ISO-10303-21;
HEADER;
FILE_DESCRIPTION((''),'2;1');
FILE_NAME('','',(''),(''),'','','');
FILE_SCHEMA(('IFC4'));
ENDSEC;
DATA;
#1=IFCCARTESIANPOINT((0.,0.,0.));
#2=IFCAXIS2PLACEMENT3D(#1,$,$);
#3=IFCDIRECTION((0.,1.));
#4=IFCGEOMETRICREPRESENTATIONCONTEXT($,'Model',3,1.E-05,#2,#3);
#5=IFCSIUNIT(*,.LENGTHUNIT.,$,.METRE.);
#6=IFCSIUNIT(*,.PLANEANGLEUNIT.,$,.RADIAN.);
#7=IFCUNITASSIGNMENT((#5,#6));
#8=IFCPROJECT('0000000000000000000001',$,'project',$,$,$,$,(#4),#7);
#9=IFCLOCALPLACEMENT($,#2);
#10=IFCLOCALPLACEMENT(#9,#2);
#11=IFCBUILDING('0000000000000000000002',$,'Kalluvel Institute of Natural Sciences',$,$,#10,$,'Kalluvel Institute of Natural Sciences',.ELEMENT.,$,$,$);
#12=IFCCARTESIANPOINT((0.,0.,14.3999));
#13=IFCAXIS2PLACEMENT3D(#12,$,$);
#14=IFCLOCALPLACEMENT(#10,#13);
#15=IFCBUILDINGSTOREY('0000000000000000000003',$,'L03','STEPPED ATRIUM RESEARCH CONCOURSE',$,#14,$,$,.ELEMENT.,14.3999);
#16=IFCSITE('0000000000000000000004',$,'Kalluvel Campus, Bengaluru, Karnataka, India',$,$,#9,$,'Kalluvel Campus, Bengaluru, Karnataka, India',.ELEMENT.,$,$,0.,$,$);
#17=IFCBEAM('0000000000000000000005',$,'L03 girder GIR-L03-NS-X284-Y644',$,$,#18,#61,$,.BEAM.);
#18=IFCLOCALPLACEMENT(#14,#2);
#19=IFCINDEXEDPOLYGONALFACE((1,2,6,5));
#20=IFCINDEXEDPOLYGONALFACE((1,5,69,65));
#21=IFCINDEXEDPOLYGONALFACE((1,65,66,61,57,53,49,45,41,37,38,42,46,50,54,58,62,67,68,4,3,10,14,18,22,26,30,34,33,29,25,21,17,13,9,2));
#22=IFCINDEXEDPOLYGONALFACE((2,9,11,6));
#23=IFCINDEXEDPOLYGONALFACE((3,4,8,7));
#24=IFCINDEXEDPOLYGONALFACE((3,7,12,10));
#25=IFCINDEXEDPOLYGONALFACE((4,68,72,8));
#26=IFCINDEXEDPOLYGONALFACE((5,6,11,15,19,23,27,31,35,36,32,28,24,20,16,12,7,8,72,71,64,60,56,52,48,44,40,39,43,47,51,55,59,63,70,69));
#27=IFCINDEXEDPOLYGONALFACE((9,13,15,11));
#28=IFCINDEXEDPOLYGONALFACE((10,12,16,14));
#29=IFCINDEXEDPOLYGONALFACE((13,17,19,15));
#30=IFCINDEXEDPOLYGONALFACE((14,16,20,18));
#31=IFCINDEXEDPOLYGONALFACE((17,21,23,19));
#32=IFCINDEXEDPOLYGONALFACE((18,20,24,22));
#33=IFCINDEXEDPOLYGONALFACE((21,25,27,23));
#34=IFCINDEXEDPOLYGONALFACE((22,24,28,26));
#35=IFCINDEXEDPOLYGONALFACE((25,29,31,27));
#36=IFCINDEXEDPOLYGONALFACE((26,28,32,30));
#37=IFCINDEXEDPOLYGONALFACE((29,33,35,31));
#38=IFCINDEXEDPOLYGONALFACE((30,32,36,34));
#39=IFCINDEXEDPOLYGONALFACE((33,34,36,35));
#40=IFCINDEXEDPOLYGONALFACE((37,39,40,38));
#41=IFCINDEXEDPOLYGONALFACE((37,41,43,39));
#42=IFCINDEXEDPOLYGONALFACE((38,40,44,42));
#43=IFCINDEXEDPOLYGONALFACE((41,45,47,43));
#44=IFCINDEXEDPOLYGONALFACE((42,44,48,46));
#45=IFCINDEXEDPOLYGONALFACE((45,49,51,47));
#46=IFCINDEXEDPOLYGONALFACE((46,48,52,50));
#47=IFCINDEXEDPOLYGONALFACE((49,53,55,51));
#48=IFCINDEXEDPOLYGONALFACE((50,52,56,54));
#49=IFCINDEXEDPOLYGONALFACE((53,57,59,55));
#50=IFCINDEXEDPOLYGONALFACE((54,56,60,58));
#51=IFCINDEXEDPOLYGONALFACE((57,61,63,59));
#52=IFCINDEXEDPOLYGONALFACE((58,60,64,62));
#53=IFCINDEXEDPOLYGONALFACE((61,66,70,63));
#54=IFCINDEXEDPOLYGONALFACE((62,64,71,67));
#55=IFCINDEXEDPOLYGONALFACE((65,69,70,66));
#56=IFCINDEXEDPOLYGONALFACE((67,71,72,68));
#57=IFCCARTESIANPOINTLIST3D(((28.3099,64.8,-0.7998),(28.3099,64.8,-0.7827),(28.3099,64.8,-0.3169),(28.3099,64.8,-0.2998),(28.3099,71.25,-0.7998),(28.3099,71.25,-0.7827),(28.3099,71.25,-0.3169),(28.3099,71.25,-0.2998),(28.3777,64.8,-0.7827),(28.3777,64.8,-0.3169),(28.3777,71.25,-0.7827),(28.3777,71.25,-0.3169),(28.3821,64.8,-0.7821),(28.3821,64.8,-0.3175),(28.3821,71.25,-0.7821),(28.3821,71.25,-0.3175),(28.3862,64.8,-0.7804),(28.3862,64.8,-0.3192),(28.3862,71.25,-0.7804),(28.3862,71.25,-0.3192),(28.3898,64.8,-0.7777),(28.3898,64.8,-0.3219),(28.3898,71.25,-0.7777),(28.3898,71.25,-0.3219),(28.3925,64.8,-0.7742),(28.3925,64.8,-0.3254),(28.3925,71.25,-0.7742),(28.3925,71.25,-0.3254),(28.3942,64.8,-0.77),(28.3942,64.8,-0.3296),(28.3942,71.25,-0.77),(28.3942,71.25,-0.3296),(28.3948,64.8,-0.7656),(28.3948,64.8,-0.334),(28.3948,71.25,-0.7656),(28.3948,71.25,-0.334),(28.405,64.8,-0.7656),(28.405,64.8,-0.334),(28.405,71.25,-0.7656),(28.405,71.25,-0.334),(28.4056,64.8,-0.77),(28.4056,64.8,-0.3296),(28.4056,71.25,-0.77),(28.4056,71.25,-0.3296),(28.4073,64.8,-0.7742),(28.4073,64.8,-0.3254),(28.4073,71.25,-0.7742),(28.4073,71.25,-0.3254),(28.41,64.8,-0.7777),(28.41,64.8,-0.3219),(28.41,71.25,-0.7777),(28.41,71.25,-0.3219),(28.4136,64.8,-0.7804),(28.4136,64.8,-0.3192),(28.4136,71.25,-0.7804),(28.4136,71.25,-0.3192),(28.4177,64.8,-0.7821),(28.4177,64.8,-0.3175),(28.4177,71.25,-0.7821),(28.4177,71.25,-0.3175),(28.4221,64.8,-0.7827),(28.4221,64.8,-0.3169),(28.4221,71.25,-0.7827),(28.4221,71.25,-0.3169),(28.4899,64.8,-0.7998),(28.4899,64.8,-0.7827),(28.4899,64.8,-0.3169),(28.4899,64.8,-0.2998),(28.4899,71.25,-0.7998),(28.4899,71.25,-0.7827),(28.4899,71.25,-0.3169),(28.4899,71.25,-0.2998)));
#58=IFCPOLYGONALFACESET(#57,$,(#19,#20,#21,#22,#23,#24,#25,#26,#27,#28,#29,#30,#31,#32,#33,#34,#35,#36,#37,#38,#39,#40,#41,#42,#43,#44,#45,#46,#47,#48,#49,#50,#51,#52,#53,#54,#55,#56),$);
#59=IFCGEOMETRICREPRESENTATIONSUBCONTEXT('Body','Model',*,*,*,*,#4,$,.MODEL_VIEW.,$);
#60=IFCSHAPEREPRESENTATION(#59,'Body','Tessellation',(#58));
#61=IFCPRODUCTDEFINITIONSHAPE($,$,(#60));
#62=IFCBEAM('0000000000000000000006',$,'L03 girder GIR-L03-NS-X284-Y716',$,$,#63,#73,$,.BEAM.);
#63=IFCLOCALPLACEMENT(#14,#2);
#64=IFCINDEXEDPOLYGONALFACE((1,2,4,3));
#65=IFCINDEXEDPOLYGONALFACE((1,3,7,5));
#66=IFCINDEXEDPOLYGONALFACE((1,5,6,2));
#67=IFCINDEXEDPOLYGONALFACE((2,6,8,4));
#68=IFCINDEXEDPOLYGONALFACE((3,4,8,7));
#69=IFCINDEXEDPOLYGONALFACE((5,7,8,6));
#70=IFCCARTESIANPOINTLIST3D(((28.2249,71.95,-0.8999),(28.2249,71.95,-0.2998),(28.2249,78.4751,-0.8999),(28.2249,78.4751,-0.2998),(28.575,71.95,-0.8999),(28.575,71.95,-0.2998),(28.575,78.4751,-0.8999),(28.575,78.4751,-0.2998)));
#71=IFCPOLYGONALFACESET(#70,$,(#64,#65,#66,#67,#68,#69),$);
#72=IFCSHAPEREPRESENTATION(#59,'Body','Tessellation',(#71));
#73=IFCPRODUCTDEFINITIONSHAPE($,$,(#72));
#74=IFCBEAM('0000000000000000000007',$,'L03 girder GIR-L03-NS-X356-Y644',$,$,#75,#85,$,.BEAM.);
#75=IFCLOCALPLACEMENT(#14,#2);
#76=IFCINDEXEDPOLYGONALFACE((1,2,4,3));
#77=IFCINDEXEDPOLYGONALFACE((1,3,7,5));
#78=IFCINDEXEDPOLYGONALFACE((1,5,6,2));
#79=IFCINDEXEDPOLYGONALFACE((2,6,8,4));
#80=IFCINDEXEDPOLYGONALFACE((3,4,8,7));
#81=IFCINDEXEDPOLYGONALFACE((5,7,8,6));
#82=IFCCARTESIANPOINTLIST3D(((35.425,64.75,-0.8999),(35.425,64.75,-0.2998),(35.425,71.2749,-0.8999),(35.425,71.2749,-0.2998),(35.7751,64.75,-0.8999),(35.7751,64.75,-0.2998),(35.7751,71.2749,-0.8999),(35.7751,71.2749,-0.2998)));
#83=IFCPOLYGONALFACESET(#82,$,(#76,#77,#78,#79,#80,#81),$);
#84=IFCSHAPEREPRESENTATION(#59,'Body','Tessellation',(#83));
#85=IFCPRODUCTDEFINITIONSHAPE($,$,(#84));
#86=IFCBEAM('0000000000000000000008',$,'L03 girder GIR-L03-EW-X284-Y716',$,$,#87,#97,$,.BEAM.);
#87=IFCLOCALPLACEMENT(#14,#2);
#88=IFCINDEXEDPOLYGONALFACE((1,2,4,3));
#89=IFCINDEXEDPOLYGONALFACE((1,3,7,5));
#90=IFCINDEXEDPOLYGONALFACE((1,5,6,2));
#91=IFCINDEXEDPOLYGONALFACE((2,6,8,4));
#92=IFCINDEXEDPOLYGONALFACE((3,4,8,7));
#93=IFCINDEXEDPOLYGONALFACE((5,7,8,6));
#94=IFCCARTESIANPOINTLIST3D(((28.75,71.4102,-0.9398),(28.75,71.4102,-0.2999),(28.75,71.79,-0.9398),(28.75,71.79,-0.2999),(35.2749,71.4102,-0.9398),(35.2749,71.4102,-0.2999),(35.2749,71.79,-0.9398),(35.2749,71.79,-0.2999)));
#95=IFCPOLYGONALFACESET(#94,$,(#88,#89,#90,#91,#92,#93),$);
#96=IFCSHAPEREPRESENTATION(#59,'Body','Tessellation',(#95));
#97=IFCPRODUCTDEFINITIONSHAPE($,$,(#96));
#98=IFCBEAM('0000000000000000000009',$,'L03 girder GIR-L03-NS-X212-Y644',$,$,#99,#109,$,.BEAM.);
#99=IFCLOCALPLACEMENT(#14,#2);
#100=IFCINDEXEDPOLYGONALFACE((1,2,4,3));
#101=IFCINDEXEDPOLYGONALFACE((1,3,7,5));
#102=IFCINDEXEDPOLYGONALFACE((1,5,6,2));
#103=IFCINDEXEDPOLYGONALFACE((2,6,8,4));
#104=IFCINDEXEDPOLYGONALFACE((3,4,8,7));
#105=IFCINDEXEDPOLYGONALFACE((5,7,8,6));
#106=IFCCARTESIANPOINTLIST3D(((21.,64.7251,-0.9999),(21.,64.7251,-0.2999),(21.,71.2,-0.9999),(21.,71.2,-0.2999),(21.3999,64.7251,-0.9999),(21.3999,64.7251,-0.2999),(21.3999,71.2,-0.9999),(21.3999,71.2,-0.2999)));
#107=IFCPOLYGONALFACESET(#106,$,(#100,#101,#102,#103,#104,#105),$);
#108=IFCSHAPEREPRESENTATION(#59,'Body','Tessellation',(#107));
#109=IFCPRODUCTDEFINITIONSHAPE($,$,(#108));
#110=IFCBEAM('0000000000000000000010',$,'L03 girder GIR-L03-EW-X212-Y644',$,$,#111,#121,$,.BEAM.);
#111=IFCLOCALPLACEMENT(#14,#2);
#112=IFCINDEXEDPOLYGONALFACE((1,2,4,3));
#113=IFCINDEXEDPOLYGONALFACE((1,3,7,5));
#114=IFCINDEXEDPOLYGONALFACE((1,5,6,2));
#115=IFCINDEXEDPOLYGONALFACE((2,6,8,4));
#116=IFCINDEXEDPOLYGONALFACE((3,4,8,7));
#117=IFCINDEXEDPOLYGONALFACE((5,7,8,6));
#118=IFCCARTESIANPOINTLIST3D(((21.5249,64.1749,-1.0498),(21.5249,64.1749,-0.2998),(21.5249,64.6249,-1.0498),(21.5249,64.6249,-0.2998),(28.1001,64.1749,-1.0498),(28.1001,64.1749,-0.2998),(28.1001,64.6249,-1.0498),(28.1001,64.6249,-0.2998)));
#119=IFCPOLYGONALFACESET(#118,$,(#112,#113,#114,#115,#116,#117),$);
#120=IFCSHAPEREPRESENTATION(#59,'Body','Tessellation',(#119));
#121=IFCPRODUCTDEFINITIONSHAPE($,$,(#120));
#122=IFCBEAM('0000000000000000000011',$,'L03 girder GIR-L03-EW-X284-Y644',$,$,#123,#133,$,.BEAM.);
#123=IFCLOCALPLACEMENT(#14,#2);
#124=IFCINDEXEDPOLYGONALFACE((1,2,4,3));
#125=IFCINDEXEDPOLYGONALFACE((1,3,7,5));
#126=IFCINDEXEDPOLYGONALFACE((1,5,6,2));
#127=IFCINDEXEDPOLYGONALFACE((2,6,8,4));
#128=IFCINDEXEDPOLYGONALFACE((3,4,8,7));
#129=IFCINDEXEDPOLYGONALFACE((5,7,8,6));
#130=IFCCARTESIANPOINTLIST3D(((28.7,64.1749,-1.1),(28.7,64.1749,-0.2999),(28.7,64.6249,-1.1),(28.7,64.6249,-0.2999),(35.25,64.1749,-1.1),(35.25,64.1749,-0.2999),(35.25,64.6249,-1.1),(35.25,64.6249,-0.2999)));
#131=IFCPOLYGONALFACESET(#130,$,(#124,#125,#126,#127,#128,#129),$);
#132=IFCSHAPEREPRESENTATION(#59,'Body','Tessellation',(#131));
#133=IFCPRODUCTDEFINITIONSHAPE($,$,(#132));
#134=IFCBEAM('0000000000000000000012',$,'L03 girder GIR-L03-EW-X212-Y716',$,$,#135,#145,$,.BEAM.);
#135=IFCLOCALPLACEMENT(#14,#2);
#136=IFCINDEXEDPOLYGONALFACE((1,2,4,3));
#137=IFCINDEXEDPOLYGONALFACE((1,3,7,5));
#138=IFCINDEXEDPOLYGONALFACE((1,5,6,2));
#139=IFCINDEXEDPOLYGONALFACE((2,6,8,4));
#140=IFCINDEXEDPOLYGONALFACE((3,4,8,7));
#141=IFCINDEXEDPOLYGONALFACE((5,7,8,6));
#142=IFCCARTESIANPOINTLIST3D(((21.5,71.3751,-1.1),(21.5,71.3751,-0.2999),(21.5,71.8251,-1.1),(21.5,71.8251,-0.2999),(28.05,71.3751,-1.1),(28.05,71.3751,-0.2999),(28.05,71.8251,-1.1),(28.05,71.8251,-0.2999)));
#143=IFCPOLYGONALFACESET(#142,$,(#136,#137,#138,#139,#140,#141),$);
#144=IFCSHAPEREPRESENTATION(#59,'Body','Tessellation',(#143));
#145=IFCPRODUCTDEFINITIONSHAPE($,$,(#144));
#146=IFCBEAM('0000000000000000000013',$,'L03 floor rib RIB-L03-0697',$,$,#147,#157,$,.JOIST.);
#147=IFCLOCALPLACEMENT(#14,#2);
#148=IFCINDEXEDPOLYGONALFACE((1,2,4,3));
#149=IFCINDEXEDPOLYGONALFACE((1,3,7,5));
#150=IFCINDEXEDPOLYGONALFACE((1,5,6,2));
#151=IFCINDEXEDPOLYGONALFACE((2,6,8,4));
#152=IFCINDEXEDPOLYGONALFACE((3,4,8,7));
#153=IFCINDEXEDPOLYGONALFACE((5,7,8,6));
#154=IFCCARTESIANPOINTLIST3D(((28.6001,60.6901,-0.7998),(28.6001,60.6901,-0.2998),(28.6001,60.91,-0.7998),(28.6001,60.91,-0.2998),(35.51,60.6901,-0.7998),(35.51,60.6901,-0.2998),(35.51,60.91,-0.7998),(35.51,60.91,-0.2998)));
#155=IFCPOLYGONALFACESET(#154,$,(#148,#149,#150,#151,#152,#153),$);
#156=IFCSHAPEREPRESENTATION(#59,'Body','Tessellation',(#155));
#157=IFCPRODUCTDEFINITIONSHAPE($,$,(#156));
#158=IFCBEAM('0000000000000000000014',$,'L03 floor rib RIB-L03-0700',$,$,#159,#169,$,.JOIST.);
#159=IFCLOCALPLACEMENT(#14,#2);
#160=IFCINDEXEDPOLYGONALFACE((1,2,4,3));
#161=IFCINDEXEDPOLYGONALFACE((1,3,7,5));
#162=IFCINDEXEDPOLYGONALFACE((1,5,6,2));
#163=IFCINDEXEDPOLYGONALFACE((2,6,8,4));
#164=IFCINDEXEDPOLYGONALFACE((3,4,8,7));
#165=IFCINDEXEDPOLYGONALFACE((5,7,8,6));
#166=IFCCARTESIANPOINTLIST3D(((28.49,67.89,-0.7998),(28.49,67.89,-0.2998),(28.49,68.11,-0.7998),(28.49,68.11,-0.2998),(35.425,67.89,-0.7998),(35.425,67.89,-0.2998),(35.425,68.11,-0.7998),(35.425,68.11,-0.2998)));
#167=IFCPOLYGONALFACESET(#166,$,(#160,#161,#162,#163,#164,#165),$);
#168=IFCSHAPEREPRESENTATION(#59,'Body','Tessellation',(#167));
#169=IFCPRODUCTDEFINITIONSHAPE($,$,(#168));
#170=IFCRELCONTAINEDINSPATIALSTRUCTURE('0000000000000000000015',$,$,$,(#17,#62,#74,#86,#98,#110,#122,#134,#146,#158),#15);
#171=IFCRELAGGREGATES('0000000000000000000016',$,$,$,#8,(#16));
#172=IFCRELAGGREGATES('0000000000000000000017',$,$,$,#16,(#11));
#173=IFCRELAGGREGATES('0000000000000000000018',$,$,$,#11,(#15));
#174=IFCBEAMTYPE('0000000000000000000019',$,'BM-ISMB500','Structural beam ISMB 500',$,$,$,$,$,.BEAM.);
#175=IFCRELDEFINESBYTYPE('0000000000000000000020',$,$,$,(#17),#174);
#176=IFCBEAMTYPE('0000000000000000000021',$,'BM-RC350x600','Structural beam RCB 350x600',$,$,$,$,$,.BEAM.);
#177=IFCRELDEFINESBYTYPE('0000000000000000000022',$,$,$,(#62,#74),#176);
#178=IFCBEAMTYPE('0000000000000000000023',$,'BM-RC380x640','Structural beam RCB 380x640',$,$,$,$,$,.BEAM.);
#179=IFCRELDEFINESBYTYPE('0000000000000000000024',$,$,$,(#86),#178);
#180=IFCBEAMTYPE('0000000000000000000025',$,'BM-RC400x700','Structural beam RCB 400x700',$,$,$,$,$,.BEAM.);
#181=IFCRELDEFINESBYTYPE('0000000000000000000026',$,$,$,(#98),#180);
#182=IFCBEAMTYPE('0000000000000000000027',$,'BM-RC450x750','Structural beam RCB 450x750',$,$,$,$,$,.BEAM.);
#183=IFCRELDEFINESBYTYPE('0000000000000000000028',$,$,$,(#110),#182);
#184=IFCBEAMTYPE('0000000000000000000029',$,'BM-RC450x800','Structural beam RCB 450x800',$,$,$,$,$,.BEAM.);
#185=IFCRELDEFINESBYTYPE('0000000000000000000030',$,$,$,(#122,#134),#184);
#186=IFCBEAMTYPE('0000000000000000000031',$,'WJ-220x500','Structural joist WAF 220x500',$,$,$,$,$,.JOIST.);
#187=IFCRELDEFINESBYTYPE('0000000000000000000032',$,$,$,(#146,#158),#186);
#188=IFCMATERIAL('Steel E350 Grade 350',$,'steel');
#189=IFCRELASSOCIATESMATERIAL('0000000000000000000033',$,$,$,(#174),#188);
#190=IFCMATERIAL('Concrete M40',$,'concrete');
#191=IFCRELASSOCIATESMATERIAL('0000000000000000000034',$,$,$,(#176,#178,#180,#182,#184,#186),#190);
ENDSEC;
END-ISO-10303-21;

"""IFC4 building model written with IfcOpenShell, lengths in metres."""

from ifc_helpers import new_model, si_unit, direction, frame, origin, origin_2d, place, context, subcontext, project, spatial, rectangle, i_section, extrude, material, material_profile, profile_set, type_object, element, save


model = new_model("IFC4")

# Units and contexts
model_context = context("Model", 3, precision=1e-05, world=origin(), true_north=direction((0.0, 1.0)))
body_context = subcontext(model_context, "Body", "Model", "MODEL_VIEW")
ifc_project = project(units=[si_unit("LENGTHUNIT", "METRE"), si_unit("PLANEANGLEUNIT", "RADIAN")], contexts=[model_context])

# Site, building, storey
site_placement = place(None, origin())
site = spatial("IfcSite", under=ifc_project, at=site_placement, Name="Kalluvel Campus, Bengaluru, Karnataka, India", LongName="Kalluvel Campus, Bengaluru, Karnataka, India", CompositionType="ELEMENT", RefElevation=0.0)
building_placement = place(site_placement, origin())
building = spatial("IfcBuilding", under=site, at=building_placement, Name="Kalluvel Institute of Natural Sciences", LongName="Kalluvel Institute of Natural Sciences", CompositionType="ELEMENT")
storey_placement = place(building_placement, frame((0.0, 0.0, 14.3999)))
storey = spatial("IfcBuildingStorey", under=building, at=storey_placement, Name="L03", Description="STEPPED ATRIUM RESEARCH CONCOURSE", CompositionType="ELEMENT", Elevation=14.3999)

# Shared definitions
ifc_material_1 = material(Name="Concrete M40", Category="concrete")

# Beams
ifc_material_2 = material(Name="Steel E350 Grade 350", Category="steel")
ifc_material_profile_1 = material_profile(ifc_material_2, i_section(OverallWidth=0.1799, OverallDepth=0.5, WebThickness=0.0103, FlangeThickness=0.0171, FilletRadius=0.0171, at=origin_2d()), Name="ISMB 500")
ifc_profile_set_1 = profile_set([ifc_material_profile_1], Name="Steel E350 Grade 350")
beam_type_1 = type_object("IfcBeamType", Name="BM-ISMB500", Description="Structural beam ISMB 500", PredefinedType="BEAM", material=ifc_profile_set_1)
for number, where, z_axis, x_axis, name in (
    (1, (28.3999, 64.8, -0.5498), (0.0, 1.0, 0.0), (-1.0, 0.0, 0.0), "L03 girder GIR-L03-NS-X284-Y644"),
):
    element("IfcBeam", number, at=place(storey_placement, frame(where, z_axis=z_axis, x_axis=x_axis)), inside=storey, type_object=beam_type_1, Name=name, PredefinedType="BEAM", context=body_context, shape_type="SweptSolid", body=[
        extrude(i_section(OverallWidth=0.1799, OverallDepth=0.5, WebThickness=0.0103, FlangeThickness=0.0171, FilletRadius=0.0171, at=origin_2d()), origin(), (0.0, 0.0, 1.0), 6.45),
    ])
ifc_material_profile_2 = material_profile(ifc_material_1, rectangle(XDim=0.3501, YDim=0.6001, at=origin_2d()), Name="RCB 350x600")
ifc_profile_set_2 = profile_set([ifc_material_profile_2], Name="Concrete M40")
beam_type_2 = type_object("IfcBeamType", Name="BM-RC350x600", Description="Structural beam RCB 350x600", PredefinedType="BEAM", material=ifc_profile_set_2)
beam_1_placement = place(storey_placement, frame((28.3999, 71.95, -0.5999), z_axis=(0.0, 1.0, 0.0), x_axis=(-1.0, 0.0, 0.0)))
element("IfcBeam", 2, at=beam_1_placement, inside=storey, type_object=beam_type_2, Name="L03 girder GIR-L03-NS-X284-Y716", PredefinedType="BEAM", context=body_context, shape_type="SweptSolid", body=[
    extrude(rectangle(XDim=0.3501, YDim=0.6001, at=origin_2d()), origin(), (0.0, 0.0, 1.0), 6.5251),
])
beam_2_placement = place(storey_placement, frame((35.6001, 64.75, -0.5999), z_axis=(0.0, 1.0, 0.0), x_axis=(-1.0, 0.0, 0.0)))
element("IfcBeam", 3, at=beam_2_placement, inside=storey, type_object=beam_type_2, Name="L03 girder GIR-L03-NS-X356-Y644", PredefinedType="BEAM", context=body_context, shape_type="SweptSolid", body=[
    extrude(rectangle(XDim=0.3501, YDim=0.6001, at=origin_2d()), origin(), (0.0, 0.0, 1.0), 6.5249),
])
ifc_material_profile_3 = material_profile(ifc_material_1, rectangle(XDim=0.3799, YDim=0.6399, at=origin_2d()), Name="RCB 380x640")
ifc_profile_set_3 = profile_set([ifc_material_profile_3], Name="Concrete M40")
beam_type_3 = type_object("IfcBeamType", Name="BM-RC380x640", Description="Structural beam RCB 380x640", PredefinedType="BEAM", material=ifc_profile_set_3)
beam_3_placement = place(storey_placement, frame((28.75, 71.6001, -0.6199), z_axis=(1.0, 0.0, 0.0), x_axis=(0.0, 1.0, 0.0)))
element("IfcBeam", 4, at=beam_3_placement, inside=storey, type_object=beam_type_3, Name="L03 girder GIR-L03-EW-X284-Y716", PredefinedType="BEAM", context=body_context, shape_type="SweptSolid", body=[
    extrude(rectangle(XDim=0.3799, YDim=0.6399, at=origin_2d()), origin(), (0.0, 0.0, 1.0), 6.5249),
])
ifc_material_profile_4 = material_profile(ifc_material_1, rectangle(XDim=0.3999, YDim=0.7, at=origin_2d()), Name="RCB 400x700")
ifc_profile_set_4 = profile_set([ifc_material_profile_4], Name="Concrete M40")
beam_type_4 = type_object("IfcBeamType", Name="BM-RC400x700", Description="Structural beam RCB 400x700", PredefinedType="BEAM", material=ifc_profile_set_4)
beam_4_placement = place(storey_placement, frame((21.2, 64.7251, -0.6499), z_axis=(0.0, 1.0, 0.0), x_axis=(-1.0, 0.0, 0.0)))
element("IfcBeam", 5, at=beam_4_placement, inside=storey, type_object=beam_type_4, Name="L03 girder GIR-L03-NS-X212-Y644", PredefinedType="BEAM", context=body_context, shape_type="SweptSolid", body=[
    extrude(rectangle(XDim=0.3999, YDim=0.7, at=origin_2d()), origin(), (0.0, 0.0, 1.0), 6.4749),
])
ifc_material_profile_5 = material_profile(ifc_material_1, rectangle(XDim=0.45, YDim=0.75, at=origin_2d()), Name="RCB 450x750")
ifc_profile_set_5 = profile_set([ifc_material_profile_5], Name="Concrete M40")
beam_type_5 = type_object("IfcBeamType", Name="BM-RC450x750", Description="Structural beam RCB 450x750", PredefinedType="BEAM", material=ifc_profile_set_5)
beam_5_placement = place(storey_placement, frame((21.5249, 64.3999, -0.6748), z_axis=(1.0, 0.0, 0.0), x_axis=(0.0, 1.0, 0.0)))
element("IfcBeam", 6, at=beam_5_placement, inside=storey, type_object=beam_type_5, Name="L03 girder GIR-L03-EW-X212-Y644", PredefinedType="BEAM", context=body_context, shape_type="SweptSolid", body=[
    extrude(rectangle(XDim=0.45, YDim=0.75, at=origin_2d()), origin(), (0.0, 0.0, 1.0), 6.5752),
])
ifc_material_profile_6 = material_profile(ifc_material_1, rectangle(XDim=0.45, YDim=0.8, at=origin_2d()), Name="RCB 450x800")
ifc_profile_set_6 = profile_set([ifc_material_profile_6], Name="Concrete M40")
beam_type_6 = type_object("IfcBeamType", Name="BM-RC450x800", Description="Structural beam RCB 450x800", PredefinedType="BEAM", material=ifc_profile_set_6)
for number, where, z_axis, x_axis, name in (
    (7, (28.7, 64.3999, -0.7), (1.0, 0.0, 0.0), (0.0, 1.0, 0.0), "L03 girder GIR-L03-EW-X284-Y644"),
    (8, (21.5, 71.6001, -0.7), (1.0, 0.0, 0.0), (0.0, 1.0, 0.0), "L03 girder GIR-L03-EW-X212-Y716"),
):
    element("IfcBeam", number, at=place(storey_placement, frame(where, z_axis=z_axis, x_axis=x_axis)), inside=storey, type_object=beam_type_6, Name=name, PredefinedType="BEAM", context=body_context, shape_type="SweptSolid", body=[
        extrude(rectangle(XDim=0.45, YDim=0.8, at=origin_2d()), origin(), (0.0, 0.0, 1.0), 6.55),
    ])
ifc_material_profile_7 = material_profile(ifc_material_1, rectangle(XDim=0.22, YDim=0.5, at=origin_2d()), Name="WAF 220x500")
ifc_profile_set_7 = profile_set([ifc_material_profile_7], Name="Concrete M40")
beam_type_7 = type_object("IfcBeamType", Name="WJ-220x500", Description="Structural joist WAF 220x500", PredefinedType="JOIST", material=ifc_profile_set_7)
beam_6_placement = place(storey_placement, frame((28.6001, 60.8, -0.5498), z_axis=(1.0, 0.0, 0.0), x_axis=(0.0, 1.0, 0.0)))
element("IfcBeam", 9, at=beam_6_placement, inside=storey, type_object=beam_type_7, Name="L03 floor rib RIB-L03-0697", PredefinedType="JOIST", context=body_context, shape_type="SweptSolid", body=[
    extrude(rectangle(XDim=0.22, YDim=0.5, at=origin_2d()), origin(), (0.0, 0.0, 1.0), 6.9099),
])
beam_7_placement = place(storey_placement, frame((28.49, 68.0, -0.5498), z_axis=(1.0, 0.0, 0.0), x_axis=(0.0, 1.0, 0.0)))
element("IfcBeam", 10, at=beam_7_placement, inside=storey, type_object=beam_type_7, Name="L03 floor rib RIB-L03-0700", PredefinedType="JOIST", context=body_context, shape_type="SweptSolid", body=[
    extrude(rectangle(XDim=0.22, YDim=0.5, at=origin_2d()), origin(), (0.0, 0.0, 1.0), 6.9351),
])

save(model, "model.ifc")
